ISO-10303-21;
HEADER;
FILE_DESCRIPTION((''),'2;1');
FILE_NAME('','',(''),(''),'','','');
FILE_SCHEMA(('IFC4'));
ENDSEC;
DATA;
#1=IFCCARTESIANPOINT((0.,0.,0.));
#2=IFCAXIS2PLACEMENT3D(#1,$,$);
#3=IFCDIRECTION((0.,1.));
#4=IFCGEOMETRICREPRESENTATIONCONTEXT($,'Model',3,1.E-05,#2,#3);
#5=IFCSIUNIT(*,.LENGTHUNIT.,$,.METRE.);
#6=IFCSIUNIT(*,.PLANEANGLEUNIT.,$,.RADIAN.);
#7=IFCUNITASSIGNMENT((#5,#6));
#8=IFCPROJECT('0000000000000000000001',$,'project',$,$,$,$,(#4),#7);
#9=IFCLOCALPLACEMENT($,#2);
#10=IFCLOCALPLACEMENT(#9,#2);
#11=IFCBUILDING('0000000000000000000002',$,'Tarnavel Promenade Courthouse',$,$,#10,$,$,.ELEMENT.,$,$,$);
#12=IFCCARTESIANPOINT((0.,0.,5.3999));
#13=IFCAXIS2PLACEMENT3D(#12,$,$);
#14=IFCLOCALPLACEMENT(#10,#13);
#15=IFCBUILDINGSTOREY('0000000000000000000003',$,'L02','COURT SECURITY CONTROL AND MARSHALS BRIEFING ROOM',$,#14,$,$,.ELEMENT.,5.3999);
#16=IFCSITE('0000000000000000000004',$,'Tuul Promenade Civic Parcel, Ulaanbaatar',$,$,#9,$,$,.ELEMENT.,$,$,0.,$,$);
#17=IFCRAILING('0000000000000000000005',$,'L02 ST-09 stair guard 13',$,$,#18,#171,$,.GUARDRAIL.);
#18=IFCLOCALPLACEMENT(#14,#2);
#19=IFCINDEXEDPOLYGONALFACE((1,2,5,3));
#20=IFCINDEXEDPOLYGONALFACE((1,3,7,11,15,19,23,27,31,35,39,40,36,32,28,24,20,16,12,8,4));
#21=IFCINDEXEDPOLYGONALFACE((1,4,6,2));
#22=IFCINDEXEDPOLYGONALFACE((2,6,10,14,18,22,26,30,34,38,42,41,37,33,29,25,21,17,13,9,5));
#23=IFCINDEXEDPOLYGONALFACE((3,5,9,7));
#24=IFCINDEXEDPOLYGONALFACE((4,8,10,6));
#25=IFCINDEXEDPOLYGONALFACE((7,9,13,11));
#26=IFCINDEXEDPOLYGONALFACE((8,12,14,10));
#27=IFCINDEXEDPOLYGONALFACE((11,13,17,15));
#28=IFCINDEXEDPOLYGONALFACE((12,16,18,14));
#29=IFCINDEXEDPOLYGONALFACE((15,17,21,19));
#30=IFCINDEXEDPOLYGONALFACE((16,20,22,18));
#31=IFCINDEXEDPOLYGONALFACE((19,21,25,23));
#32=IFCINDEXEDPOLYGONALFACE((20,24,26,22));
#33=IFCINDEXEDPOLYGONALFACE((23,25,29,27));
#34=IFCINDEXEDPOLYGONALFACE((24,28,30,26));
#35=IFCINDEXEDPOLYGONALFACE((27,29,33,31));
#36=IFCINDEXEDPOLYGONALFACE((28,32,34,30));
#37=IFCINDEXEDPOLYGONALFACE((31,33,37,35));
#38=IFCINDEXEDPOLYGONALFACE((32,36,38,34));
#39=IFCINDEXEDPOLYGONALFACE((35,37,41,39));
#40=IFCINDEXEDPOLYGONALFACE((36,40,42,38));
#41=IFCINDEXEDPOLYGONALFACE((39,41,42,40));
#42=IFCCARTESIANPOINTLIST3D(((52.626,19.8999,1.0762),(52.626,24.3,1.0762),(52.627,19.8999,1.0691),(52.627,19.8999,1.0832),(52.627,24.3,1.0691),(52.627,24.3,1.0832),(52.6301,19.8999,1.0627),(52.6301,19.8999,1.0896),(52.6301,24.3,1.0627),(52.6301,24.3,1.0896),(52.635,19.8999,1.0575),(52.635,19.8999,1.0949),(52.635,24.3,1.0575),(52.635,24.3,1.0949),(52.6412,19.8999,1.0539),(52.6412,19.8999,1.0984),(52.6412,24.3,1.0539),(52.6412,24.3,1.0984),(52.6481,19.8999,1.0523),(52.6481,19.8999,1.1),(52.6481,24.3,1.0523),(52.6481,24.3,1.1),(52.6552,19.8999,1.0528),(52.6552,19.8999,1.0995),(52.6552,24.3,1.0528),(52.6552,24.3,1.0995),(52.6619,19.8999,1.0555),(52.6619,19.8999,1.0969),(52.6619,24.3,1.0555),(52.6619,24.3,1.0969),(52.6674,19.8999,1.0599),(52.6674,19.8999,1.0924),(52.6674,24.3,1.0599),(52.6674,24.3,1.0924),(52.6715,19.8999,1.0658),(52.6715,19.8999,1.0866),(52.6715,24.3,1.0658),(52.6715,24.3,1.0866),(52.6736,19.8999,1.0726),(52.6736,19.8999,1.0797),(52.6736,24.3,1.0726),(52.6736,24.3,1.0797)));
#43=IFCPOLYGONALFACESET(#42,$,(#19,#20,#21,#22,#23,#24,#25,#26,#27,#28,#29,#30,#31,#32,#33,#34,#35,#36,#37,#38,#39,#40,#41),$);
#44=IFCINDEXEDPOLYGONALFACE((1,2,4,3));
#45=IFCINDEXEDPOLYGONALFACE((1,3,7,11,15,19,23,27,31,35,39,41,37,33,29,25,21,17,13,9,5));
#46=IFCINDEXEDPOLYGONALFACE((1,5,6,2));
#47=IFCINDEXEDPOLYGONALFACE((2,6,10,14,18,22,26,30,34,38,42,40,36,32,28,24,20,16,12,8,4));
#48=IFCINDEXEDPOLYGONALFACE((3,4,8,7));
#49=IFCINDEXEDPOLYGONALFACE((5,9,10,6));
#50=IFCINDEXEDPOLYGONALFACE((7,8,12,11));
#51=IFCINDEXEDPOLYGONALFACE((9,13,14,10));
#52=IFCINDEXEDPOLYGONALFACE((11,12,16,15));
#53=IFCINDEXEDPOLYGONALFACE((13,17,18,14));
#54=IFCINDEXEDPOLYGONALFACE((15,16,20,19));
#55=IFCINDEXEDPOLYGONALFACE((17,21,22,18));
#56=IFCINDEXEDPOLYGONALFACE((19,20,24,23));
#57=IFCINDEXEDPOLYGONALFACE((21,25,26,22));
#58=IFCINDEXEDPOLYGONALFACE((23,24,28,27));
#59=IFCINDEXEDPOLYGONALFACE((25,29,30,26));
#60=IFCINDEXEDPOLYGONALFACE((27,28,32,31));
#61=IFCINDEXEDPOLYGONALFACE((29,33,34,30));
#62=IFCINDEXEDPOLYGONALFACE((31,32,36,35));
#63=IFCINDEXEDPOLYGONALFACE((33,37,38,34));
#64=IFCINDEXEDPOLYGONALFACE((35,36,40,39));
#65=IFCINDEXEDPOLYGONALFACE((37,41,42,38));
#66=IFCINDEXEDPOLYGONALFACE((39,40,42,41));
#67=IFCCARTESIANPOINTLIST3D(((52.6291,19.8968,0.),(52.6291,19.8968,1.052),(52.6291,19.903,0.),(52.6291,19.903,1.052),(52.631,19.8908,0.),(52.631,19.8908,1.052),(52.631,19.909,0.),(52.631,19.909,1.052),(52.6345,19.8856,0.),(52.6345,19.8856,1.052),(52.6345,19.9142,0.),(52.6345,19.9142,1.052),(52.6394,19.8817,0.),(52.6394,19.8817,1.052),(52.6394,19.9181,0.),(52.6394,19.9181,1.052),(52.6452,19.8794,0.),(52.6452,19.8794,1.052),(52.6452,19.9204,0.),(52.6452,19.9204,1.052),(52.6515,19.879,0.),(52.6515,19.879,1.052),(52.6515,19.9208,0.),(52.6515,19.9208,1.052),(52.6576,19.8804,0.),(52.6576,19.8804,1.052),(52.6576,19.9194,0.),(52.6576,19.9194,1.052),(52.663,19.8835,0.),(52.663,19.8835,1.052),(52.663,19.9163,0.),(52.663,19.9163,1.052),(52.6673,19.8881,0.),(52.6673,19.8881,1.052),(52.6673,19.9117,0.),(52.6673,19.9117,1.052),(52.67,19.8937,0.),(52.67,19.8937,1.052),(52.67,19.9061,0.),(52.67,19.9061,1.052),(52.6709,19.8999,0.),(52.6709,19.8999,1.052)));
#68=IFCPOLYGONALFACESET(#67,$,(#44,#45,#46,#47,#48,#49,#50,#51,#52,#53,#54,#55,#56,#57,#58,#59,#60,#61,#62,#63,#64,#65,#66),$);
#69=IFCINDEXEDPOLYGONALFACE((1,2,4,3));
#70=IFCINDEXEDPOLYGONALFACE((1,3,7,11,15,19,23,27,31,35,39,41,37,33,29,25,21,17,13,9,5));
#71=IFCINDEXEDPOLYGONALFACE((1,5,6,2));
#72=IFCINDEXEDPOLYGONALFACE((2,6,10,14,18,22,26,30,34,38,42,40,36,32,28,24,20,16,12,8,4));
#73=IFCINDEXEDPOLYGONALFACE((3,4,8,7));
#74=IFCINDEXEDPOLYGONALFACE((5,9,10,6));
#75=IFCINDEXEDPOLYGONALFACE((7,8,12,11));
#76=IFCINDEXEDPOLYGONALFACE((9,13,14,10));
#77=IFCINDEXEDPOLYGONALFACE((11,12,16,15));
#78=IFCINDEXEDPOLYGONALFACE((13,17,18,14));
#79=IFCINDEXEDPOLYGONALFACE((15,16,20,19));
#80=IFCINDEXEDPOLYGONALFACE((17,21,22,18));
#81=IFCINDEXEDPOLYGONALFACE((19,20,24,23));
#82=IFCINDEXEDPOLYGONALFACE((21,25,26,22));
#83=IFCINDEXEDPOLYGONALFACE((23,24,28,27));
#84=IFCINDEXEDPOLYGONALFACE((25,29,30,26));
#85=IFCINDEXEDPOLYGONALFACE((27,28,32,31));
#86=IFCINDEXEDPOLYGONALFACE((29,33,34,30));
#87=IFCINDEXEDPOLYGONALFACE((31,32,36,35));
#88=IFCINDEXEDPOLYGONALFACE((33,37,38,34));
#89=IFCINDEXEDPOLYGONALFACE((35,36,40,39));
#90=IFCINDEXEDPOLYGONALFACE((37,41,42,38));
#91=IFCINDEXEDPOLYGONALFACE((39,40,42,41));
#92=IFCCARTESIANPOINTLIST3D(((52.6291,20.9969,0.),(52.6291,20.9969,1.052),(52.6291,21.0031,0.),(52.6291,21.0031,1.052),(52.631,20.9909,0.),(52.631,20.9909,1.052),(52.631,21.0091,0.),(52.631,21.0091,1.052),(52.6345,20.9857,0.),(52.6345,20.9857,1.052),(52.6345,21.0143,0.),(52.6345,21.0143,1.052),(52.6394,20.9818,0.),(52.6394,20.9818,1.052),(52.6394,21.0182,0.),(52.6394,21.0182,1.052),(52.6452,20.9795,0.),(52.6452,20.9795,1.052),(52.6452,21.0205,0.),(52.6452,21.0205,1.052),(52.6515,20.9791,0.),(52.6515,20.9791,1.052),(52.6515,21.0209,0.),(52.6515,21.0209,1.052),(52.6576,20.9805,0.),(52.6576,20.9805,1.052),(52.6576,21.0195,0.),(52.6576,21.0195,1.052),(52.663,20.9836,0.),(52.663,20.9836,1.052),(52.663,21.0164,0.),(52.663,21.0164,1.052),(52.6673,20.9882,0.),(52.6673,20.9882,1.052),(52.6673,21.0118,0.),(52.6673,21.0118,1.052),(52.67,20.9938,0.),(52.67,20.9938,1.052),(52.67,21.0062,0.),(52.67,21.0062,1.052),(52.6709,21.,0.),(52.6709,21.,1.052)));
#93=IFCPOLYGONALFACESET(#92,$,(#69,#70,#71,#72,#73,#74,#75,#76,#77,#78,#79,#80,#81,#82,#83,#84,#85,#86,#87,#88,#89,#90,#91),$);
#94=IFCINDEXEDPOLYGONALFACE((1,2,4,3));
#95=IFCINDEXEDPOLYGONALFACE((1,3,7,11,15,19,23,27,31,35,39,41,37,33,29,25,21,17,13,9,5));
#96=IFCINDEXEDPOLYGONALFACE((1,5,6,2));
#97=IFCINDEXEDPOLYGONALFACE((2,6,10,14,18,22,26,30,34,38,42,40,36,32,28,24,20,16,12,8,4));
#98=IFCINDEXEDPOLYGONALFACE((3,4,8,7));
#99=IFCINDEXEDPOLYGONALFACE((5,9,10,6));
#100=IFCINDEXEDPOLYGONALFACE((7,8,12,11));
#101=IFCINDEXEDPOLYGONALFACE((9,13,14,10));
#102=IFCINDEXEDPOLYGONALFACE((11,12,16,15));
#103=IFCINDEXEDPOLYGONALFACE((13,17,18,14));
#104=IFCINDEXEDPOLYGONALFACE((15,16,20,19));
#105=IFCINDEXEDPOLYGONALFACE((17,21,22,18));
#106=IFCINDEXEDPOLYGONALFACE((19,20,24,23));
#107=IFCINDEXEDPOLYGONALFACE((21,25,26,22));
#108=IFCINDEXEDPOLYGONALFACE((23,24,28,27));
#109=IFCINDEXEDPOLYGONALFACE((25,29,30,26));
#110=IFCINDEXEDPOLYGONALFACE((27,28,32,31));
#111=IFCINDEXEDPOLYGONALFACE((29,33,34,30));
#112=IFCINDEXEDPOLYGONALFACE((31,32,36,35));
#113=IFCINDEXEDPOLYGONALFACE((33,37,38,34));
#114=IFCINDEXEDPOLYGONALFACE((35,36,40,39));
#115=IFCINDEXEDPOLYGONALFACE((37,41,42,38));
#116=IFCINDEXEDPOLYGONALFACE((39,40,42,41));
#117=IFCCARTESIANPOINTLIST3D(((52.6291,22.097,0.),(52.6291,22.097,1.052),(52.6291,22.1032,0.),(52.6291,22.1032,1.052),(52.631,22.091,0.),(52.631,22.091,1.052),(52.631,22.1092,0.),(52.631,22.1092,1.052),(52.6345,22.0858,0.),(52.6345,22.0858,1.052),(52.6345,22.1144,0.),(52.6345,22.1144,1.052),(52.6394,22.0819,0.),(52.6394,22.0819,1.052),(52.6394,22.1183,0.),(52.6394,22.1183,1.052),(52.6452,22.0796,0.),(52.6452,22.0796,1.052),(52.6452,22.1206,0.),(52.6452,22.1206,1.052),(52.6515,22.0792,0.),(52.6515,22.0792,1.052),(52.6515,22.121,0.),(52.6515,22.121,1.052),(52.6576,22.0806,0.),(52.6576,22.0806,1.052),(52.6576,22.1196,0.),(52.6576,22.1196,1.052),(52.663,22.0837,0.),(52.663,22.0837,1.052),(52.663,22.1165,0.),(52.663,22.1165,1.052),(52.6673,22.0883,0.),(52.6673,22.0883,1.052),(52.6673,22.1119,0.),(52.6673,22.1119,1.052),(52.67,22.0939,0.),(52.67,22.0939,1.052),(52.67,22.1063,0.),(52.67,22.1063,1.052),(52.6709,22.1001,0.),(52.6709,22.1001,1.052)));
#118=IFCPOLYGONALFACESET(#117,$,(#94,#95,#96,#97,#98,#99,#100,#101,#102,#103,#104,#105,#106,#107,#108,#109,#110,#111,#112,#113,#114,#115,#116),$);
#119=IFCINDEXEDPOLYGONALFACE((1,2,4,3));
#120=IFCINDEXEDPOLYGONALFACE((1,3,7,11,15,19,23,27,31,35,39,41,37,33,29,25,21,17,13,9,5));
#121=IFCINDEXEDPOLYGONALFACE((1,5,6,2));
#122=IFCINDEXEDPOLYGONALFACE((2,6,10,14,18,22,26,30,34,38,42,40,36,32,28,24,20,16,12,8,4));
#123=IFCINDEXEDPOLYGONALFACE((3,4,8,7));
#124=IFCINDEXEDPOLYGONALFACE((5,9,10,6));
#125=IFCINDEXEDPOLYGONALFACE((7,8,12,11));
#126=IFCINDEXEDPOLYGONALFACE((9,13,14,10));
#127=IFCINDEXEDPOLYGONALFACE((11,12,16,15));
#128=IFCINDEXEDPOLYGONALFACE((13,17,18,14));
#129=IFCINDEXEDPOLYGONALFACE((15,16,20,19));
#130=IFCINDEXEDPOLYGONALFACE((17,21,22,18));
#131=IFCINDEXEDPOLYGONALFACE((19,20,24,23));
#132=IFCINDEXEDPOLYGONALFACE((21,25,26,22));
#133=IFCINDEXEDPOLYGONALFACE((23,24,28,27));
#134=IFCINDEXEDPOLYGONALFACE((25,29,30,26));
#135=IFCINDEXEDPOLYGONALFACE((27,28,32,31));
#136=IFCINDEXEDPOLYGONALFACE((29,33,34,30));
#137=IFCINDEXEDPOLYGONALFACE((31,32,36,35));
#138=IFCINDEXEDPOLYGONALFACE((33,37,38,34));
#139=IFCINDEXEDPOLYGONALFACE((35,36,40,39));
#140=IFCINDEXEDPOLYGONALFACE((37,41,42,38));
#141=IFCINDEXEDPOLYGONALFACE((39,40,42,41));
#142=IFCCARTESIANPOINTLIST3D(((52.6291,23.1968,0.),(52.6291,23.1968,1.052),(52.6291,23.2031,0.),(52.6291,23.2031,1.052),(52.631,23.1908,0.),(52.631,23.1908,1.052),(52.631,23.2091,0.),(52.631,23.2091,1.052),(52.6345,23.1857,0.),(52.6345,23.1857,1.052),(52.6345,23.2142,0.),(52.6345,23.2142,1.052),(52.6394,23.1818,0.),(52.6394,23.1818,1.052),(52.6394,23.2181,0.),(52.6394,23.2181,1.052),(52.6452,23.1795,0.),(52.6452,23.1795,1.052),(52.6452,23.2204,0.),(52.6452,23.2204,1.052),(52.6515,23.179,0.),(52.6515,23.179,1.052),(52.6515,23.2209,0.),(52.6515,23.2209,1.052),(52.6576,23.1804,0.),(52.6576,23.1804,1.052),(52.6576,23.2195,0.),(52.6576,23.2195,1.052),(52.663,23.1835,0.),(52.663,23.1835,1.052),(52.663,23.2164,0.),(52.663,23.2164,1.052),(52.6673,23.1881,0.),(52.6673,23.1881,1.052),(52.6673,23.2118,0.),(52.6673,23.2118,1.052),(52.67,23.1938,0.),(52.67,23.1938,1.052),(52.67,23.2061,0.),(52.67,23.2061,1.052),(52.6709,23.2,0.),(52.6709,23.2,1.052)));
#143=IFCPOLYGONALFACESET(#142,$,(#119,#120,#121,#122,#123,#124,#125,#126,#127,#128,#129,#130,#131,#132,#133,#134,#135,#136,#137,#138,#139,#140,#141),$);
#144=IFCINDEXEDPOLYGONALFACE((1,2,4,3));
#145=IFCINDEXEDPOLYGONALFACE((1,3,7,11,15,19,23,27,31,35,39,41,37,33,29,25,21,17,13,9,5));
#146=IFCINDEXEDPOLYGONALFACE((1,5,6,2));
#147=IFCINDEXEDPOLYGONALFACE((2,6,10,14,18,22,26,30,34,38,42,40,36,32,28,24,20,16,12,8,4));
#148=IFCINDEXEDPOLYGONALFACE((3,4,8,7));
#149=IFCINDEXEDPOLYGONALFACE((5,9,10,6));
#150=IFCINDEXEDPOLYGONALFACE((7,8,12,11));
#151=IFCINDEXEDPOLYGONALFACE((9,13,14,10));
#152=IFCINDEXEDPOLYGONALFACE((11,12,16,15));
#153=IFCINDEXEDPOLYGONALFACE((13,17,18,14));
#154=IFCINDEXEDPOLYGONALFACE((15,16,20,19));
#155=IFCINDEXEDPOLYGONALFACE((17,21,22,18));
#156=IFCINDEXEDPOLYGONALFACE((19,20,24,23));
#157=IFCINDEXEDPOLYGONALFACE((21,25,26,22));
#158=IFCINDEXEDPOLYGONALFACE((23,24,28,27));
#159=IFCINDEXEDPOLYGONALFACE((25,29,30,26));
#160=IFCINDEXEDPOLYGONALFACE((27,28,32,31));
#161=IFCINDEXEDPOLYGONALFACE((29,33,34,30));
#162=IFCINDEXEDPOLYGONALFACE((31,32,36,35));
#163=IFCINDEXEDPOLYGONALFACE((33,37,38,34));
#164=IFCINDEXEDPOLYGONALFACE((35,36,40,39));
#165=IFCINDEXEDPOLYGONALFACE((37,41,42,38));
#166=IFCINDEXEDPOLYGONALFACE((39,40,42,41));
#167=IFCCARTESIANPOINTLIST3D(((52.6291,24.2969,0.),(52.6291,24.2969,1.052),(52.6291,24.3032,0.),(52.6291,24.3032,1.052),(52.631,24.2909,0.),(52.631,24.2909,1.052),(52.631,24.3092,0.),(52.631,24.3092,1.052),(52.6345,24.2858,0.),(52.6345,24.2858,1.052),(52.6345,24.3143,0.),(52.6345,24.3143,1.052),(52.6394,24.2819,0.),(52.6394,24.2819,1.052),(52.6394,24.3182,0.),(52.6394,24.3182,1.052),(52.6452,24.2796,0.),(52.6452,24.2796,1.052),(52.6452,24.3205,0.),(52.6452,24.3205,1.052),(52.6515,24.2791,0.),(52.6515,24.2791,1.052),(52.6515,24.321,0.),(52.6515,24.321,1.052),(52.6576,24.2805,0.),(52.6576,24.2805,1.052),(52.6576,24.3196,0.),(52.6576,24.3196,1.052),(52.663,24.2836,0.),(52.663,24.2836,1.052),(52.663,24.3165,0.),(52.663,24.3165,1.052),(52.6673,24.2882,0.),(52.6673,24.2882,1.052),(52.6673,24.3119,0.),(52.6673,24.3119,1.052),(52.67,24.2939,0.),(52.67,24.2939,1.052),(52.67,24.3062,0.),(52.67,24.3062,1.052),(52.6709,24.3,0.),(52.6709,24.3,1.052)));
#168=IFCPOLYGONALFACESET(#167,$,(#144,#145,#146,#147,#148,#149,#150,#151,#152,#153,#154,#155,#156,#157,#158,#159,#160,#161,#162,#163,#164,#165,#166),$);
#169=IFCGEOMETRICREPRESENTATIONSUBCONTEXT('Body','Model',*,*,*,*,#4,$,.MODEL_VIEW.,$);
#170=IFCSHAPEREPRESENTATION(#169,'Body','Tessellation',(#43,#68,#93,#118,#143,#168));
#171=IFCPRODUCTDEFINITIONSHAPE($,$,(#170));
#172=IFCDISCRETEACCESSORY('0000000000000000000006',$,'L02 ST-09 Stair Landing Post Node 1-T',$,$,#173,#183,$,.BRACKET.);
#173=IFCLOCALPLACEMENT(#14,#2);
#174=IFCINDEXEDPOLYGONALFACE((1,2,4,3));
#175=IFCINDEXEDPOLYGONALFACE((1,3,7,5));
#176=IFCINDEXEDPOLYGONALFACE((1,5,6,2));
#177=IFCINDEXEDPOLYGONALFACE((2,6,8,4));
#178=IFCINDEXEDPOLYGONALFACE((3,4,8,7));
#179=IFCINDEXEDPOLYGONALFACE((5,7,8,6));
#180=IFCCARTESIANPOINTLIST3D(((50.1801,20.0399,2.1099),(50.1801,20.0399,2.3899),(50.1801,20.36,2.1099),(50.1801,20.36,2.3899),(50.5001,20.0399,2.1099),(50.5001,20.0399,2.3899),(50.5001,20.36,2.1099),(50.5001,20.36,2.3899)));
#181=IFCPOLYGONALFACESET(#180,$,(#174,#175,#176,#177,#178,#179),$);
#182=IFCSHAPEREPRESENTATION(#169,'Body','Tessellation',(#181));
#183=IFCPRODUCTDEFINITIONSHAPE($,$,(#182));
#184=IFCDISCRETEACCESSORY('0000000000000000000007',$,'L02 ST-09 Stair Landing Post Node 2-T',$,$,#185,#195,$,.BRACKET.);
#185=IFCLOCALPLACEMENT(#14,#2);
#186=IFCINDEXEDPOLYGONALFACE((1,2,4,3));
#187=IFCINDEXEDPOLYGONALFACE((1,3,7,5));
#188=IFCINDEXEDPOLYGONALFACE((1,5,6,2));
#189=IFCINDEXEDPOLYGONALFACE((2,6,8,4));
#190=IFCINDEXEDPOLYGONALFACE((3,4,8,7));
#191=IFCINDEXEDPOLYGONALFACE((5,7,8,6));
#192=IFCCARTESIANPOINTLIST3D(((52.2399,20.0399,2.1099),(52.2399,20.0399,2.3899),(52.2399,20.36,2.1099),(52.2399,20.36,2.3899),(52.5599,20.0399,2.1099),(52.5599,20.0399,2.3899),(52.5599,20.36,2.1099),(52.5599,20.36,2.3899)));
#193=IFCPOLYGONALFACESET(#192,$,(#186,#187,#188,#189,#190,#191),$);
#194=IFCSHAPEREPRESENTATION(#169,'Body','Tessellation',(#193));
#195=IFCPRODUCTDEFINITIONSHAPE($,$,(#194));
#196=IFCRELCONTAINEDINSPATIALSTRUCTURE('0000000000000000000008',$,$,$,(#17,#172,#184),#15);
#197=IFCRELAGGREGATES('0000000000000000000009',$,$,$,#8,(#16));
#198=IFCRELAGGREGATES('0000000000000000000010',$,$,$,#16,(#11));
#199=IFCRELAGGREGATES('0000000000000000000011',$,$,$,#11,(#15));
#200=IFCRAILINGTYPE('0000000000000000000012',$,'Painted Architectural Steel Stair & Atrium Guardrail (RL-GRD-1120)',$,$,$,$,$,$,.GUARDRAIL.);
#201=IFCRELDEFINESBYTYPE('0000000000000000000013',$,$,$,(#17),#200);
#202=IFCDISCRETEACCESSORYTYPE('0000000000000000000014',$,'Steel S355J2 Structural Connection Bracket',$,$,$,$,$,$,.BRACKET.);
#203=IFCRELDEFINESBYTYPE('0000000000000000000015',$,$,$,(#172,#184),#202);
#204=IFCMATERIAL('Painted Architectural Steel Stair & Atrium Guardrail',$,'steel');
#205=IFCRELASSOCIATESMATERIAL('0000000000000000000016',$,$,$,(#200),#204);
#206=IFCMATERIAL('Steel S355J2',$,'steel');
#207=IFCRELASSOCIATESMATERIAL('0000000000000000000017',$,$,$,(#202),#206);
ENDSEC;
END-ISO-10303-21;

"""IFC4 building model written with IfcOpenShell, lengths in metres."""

from ifc_helpers import new_model, si_unit, direction, frame, origin, origin_2d, place, context, subcontext, project, spatial, rectangle, circle, extrude, material, type_object, element, save


model = new_model("IFC4")

# Units and contexts
model_context = context("Model", 3, precision=1e-05, world=origin(), true_north=direction((0.0, 1.0)))
body_context = subcontext(model_context, "Body", "Model", "MODEL_VIEW")
ifc_project = project(units=[si_unit("LENGTHUNIT", "METRE"), si_unit("PLANEANGLEUNIT", "RADIAN")], contexts=[model_context])

# Site, building, storey
site_placement = place(None, origin())
site = spatial("IfcSite", under=ifc_project, at=site_placement, Name="Tuul Promenade Civic Parcel, Ulaanbaatar", CompositionType="ELEMENT", RefElevation=0.0)
building_placement = place(site_placement, origin())
building = spatial("IfcBuilding", under=site, at=building_placement, Name="Tarnavel Promenade Courthouse", CompositionType="ELEMENT")
storey_placement = place(building_placement, frame((0.0, 0.0, 5.3999)))
storey = spatial("IfcBuildingStorey", under=building, at=storey_placement, Name="L02", Description="COURT SECURITY CONTROL AND MARSHALS BRIEFING ROOM", CompositionType="ELEMENT", Elevation=5.3999)

# Shared definitions
ifc_material_1 = material(Name="Steel S355J2", Category="steel")

# Railing
ifc_material_2 = material(Name="Painted Architectural Steel Stair & Atrium Guardrail", Category="steel")
railing_type_1 = type_object("IfcRailingType", Name="Painted Architectural Steel Stair & Atrium Guardrail (RL-GRD-1120)", PredefinedType="GUARDRAIL", material=ifc_material_2)
railing_1_placement = place(storey_placement, frame((52.6499, 19.8999, 0.0)))
element("IfcRailing", 1, at=railing_1_placement, inside=storey, type_object=railing_type_1, Name="L02 ST-09 stair guard 13", PredefinedType="GUARDRAIL", context=body_context, shape_type="SweptSolid", body=[
    extrude(circle(Radius=0.0239, at=origin_2d()), frame((0.0, 0.0, 1.0762), z_axis=(0.0, 1.0, 0.0), x_axis=(-1.0, 0.0, 0.0)), (0.0, 0.0, 1.0), 4.4001),
    extrude(circle(Radius=0.021, at=origin_2d()), origin(), (0.0, 0.0, 1.0), 1.052),
    extrude(circle(Radius=0.021, at=origin_2d()), frame((0.0, 1.1001, 0.0)), (0.0, 0.0, 1.0), 1.052),
    extrude(circle(Radius=0.021, at=origin_2d()), frame((0.0, 2.2002, 0.0)), (0.0, 0.0, 1.0), 1.052),
    extrude(circle(Radius=0.021, at=origin_2d()), frame((0.0, 3.3, 0.0)), (0.0, 0.0, 1.0), 1.052),
    extrude(circle(Radius=0.021, at=origin_2d()), frame((0.0, 4.4001, 0.0)), (0.0, 0.0, 1.0), 1.052),
])

# Discrete accessories
discrete_accessory_type = type_object("IfcDiscreteAccessoryType", Name="Steel S355J2 Structural Connection Bracket", PredefinedType="BRACKET", material=ifc_material_1)
for number, where, z_axis, x_axis, name in (
    (2, (50.3401, 20.2, 2.1099), (0.0, 0.0, 1.0), (1.0, 0.0, 0.0), "L02 ST-09 Stair Landing Post Node 1-T"),
    (3, (52.3999, 20.2, 2.1099), (0.0, 0.0, 1.0), (1.0, 0.0, 0.0), "L02 ST-09 Stair Landing Post Node 2-T"),
):
    element("IfcDiscreteAccessory", number, at=place(storey_placement, frame(where, z_axis=z_axis, x_axis=x_axis)), inside=storey, type_object=discrete_accessory_type, Name=name, PredefinedType="BRACKET", context=body_context, shape_type="SweptSolid", body=[
        extrude(rectangle(XDim=0.3201, YDim=0.3201, at=origin_2d()), origin(), (0.0, 0.0, 1.0), 0.28),
    ])

save(model, "model.ifc")
